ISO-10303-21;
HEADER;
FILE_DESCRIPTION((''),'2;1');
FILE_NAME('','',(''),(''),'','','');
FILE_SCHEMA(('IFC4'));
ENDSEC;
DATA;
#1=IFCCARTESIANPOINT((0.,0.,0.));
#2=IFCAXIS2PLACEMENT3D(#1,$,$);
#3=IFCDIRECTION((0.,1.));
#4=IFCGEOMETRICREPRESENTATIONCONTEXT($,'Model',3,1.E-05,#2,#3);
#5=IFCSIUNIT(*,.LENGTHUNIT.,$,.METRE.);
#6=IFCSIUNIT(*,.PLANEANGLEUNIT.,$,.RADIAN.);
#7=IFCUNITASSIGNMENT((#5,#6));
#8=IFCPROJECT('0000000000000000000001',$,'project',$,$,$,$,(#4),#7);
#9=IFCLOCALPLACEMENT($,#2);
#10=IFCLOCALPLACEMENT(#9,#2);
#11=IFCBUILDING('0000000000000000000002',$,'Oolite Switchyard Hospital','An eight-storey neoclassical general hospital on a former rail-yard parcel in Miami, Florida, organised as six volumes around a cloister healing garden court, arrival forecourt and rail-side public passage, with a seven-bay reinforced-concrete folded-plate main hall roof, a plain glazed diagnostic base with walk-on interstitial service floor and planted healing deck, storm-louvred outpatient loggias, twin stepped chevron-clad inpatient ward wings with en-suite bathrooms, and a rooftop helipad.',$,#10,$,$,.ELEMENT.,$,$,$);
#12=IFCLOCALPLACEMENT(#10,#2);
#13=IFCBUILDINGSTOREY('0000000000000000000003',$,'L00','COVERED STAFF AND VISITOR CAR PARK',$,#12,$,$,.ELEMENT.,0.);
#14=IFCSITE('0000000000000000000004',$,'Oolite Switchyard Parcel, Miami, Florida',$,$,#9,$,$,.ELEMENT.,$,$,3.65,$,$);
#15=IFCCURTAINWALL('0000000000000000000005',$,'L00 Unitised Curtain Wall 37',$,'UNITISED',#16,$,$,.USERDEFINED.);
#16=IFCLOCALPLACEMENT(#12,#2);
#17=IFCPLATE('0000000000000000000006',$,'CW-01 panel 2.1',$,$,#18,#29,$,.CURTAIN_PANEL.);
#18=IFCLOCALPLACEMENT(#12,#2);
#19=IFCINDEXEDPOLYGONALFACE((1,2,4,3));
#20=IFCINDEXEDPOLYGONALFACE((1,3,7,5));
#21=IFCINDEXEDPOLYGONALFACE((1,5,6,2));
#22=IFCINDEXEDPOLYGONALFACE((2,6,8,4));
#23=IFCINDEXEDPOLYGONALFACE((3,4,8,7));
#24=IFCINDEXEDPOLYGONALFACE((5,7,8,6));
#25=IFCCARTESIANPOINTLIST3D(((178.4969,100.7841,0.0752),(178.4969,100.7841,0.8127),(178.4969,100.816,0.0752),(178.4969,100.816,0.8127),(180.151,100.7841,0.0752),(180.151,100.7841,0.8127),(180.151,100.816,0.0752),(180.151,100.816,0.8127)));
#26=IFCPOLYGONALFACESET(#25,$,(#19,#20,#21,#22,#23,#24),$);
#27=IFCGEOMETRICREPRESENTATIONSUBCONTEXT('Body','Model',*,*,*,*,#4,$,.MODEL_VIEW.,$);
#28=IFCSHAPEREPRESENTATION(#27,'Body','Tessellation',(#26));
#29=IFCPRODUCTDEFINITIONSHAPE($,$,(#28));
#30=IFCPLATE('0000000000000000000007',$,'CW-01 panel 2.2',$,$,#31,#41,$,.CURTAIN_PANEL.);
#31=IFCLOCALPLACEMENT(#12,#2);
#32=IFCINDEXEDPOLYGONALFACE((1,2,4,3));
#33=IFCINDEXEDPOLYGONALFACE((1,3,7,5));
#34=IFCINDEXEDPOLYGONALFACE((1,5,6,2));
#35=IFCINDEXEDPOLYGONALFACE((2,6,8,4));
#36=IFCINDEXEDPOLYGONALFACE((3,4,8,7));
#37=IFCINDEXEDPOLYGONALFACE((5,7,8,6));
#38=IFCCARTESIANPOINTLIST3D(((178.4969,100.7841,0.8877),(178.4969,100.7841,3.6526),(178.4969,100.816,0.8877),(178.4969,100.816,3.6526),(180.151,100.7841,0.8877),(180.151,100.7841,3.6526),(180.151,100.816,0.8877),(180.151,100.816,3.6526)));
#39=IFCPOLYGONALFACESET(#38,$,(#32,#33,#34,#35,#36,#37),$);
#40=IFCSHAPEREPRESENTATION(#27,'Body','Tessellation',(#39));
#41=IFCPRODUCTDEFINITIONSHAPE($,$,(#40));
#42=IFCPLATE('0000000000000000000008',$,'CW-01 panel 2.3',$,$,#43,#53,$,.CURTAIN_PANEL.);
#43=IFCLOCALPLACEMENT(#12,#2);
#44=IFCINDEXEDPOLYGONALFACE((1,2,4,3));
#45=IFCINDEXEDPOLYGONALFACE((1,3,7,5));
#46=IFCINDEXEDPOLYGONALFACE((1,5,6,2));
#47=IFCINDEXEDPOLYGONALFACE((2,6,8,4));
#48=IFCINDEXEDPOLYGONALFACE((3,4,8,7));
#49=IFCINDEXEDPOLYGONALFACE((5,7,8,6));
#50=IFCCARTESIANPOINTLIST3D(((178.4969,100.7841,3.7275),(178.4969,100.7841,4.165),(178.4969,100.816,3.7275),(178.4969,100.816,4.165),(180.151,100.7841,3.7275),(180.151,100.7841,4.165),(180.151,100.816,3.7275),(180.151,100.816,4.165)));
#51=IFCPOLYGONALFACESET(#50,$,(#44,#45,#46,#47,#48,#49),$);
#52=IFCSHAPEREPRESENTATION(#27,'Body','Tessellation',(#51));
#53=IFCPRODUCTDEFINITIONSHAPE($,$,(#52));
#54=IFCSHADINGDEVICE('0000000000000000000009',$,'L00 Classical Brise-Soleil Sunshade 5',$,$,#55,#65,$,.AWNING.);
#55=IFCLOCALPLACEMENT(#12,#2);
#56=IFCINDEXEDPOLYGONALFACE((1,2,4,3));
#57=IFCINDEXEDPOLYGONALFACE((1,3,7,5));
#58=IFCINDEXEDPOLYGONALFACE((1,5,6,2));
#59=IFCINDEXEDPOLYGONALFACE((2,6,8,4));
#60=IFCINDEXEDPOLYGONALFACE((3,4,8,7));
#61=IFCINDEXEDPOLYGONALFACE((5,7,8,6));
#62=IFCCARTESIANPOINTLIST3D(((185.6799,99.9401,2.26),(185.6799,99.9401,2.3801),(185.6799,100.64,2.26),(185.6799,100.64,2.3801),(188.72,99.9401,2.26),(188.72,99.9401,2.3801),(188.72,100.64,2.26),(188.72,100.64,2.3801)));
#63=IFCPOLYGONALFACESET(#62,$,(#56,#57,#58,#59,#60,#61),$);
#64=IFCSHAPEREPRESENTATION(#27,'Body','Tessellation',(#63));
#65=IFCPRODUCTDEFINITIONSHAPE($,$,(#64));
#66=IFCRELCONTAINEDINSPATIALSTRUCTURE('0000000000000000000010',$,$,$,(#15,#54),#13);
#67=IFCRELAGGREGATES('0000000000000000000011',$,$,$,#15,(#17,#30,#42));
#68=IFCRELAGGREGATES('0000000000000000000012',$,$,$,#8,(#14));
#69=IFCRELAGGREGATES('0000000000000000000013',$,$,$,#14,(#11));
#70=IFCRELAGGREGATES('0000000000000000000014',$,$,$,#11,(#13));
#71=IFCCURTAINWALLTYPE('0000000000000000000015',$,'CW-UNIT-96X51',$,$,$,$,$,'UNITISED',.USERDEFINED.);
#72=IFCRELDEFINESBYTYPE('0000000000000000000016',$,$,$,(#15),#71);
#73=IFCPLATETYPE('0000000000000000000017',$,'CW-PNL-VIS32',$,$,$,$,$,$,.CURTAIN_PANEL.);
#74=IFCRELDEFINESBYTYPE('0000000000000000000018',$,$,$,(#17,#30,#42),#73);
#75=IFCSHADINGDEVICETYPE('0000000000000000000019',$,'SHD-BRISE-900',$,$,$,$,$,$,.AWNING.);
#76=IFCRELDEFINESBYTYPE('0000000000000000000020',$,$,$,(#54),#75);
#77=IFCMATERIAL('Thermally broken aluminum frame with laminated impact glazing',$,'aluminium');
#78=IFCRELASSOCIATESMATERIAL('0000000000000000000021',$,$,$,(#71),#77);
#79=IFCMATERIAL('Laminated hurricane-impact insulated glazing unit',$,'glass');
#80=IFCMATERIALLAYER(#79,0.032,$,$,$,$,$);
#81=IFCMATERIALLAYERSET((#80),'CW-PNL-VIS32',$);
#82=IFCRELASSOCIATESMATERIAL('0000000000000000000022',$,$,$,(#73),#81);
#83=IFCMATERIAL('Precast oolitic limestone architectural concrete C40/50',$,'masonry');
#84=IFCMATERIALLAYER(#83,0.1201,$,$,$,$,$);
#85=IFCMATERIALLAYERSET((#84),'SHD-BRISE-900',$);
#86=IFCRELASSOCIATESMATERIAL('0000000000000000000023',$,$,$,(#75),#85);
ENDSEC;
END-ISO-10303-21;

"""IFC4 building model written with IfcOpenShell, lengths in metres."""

from ifc_helpers import new_model, si_unit, direction, frame, origin, origin_2d, place, context, subcontext, project, spatial, rectangle, extrude, material, layer, layer_set, type_object, element, aggregate, save


model = new_model("IFC4")

# Units and contexts
model_context = context("Model", 3, precision=1e-05, world=origin(), true_north=direction((0.0, 1.0)))
body_context = subcontext(model_context, "Body", "Model", "MODEL_VIEW")
ifc_project = project(units=[si_unit("LENGTHUNIT", "METRE"), si_unit("PLANEANGLEUNIT", "RADIAN")], contexts=[model_context])

# Site, building, storey
site_placement = place(None, origin())
site = spatial("IfcSite", under=ifc_project, at=site_placement, Name="Oolite Switchyard Parcel, Miami, Florida", CompositionType="ELEMENT", RefElevation=3.65)
building_placement = place(site_placement, origin())
building = spatial("IfcBuilding", under=site, at=building_placement, Name="Oolite Switchyard Hospital", Description="An eight-storey neoclassical general hospital on a former rail-yard parcel in Miami, Florida, organised as six volumes around a cloister healing garden court, arrival forecourt and rail-side public passage, with a seven-bay reinforced-concrete folded-plate main hall roof, a plain glazed diagnostic base with walk-on interstitial service floor and planted healing deck, storm-louvred outpatient loggias, twin stepped chevron-clad inpatient ward wings with en-suite bathrooms, and a rooftop helipad.", CompositionType="ELEMENT")
storey_placement = place(building_placement, origin())
storey = spatial("IfcBuildingStorey", under=building, at=storey_placement, Name="L00", Description="COVERED STAFF AND VISITOR CAR PARK", CompositionType="ELEMENT", Elevation=0.0)

# Curtain wall, plates
ifc_material_1 = material(Name="Thermally broken aluminum frame with laminated impact glazing", Category="aluminium")
curtain_wall_type = type_object("IfcCurtainWallType", Name="CW-UNIT-96X51", ElementType="UNITISED", PredefinedType="USERDEFINED", material=ifc_material_1)
curtain_wall_placement = place(storey_placement, origin())
curtain_wall = element("IfcCurtainWall", 1, at=curtain_wall_placement, inside=storey, type_object=curtain_wall_type, Name="L00 Unitised Curtain Wall 37", ObjectType="UNITISED", PredefinedType="USERDEFINED")
ifc_material_2 = material(Name="Laminated hurricane-impact insulated glazing unit", Category="glass")
ifc_layer_1 = layer(ifc_material_2, 0.032)
ifc_layer_set_1 = layer_set([ifc_layer_1], Name="CW-PNL-VIS32")
plate_type = type_object("IfcPlateType", Name="CW-PNL-VIS32", PredefinedType="CURTAIN_PANEL", material=ifc_layer_set_1)
plate_1_placement = place(storey_placement, frame((179.324, 100.8, 0.0752), z_axis=(0.0, 0.0, 1.0), x_axis=(-1.0, 0.0, 0.0)))
plate_1 = element("IfcPlate", 2, at=plate_1_placement, type_object=plate_type, Name="CW-01 panel 2.1", PredefinedType="CURTAIN_PANEL", context=body_context, shape_type="SweptSolid", body=[
    extrude(rectangle(XDim=1.6541, YDim=0.032, at=origin_2d()), origin(), (0.0, 0.0, 1.0), 0.7375),
])
plate_2_placement = place(storey_placement, frame((179.324, 100.8, 0.8877), z_axis=(0.0, 0.0, 1.0), x_axis=(-1.0, 0.0, 0.0)))
plate_2 = element("IfcPlate", 3, at=plate_2_placement, type_object=plate_type, Name="CW-01 panel 2.2", PredefinedType="CURTAIN_PANEL", context=body_context, shape_type="SweptSolid", body=[
    extrude(rectangle(XDim=1.6541, YDim=0.032, at=origin_2d()), origin(), (0.0, 0.0, 1.0), 2.7649),
])
plate_3_placement = place(storey_placement, frame((179.324, 100.8, 3.7275), z_axis=(0.0, 0.0, 1.0), x_axis=(-1.0, 0.0, 0.0)))
plate_3 = element("IfcPlate", 4, at=plate_3_placement, type_object=plate_type, Name="CW-01 panel 2.3", PredefinedType="CURTAIN_PANEL", context=body_context, shape_type="SweptSolid", body=[
    extrude(rectangle(XDim=1.6541, YDim=0.032, at=origin_2d()), origin(), (0.0, 0.0, 1.0), 0.4375),
])
aggregate(curtain_wall, [plate_1, plate_2, plate_3])

# Shading device
ifc_material_3 = material(Name="Precast oolitic limestone architectural concrete C40/50", Category="masonry")
ifc_layer_2 = layer(ifc_material_3, 0.1201)
ifc_layer_set_2 = layer_set([ifc_layer_2], Name="SHD-BRISE-900")
shading_device_type = type_object("IfcShadingDeviceType", Name="SHD-BRISE-900", PredefinedType="AWNING", material=ifc_layer_set_2)
shading_device_placement = place(storey_placement, frame((187.2, 100.29, 2.26), z_axis=(0.0, 0.0, 1.0), x_axis=(1.0, 0.0, 0.0)))
element("IfcShadingDevice", 5, at=shading_device_placement, inside=storey, type_object=shading_device_type, Name="L00 Classical Brise-Soleil Sunshade 5", PredefinedType="AWNING", context=body_context, shape_type="SweptSolid", body=[
    extrude(rectangle(XDim=3.04, YDim=0.7, at=origin_2d()), origin(), (0.0, 0.0, 1.0), 0.1201),
])

save(model, "model.ifc")
